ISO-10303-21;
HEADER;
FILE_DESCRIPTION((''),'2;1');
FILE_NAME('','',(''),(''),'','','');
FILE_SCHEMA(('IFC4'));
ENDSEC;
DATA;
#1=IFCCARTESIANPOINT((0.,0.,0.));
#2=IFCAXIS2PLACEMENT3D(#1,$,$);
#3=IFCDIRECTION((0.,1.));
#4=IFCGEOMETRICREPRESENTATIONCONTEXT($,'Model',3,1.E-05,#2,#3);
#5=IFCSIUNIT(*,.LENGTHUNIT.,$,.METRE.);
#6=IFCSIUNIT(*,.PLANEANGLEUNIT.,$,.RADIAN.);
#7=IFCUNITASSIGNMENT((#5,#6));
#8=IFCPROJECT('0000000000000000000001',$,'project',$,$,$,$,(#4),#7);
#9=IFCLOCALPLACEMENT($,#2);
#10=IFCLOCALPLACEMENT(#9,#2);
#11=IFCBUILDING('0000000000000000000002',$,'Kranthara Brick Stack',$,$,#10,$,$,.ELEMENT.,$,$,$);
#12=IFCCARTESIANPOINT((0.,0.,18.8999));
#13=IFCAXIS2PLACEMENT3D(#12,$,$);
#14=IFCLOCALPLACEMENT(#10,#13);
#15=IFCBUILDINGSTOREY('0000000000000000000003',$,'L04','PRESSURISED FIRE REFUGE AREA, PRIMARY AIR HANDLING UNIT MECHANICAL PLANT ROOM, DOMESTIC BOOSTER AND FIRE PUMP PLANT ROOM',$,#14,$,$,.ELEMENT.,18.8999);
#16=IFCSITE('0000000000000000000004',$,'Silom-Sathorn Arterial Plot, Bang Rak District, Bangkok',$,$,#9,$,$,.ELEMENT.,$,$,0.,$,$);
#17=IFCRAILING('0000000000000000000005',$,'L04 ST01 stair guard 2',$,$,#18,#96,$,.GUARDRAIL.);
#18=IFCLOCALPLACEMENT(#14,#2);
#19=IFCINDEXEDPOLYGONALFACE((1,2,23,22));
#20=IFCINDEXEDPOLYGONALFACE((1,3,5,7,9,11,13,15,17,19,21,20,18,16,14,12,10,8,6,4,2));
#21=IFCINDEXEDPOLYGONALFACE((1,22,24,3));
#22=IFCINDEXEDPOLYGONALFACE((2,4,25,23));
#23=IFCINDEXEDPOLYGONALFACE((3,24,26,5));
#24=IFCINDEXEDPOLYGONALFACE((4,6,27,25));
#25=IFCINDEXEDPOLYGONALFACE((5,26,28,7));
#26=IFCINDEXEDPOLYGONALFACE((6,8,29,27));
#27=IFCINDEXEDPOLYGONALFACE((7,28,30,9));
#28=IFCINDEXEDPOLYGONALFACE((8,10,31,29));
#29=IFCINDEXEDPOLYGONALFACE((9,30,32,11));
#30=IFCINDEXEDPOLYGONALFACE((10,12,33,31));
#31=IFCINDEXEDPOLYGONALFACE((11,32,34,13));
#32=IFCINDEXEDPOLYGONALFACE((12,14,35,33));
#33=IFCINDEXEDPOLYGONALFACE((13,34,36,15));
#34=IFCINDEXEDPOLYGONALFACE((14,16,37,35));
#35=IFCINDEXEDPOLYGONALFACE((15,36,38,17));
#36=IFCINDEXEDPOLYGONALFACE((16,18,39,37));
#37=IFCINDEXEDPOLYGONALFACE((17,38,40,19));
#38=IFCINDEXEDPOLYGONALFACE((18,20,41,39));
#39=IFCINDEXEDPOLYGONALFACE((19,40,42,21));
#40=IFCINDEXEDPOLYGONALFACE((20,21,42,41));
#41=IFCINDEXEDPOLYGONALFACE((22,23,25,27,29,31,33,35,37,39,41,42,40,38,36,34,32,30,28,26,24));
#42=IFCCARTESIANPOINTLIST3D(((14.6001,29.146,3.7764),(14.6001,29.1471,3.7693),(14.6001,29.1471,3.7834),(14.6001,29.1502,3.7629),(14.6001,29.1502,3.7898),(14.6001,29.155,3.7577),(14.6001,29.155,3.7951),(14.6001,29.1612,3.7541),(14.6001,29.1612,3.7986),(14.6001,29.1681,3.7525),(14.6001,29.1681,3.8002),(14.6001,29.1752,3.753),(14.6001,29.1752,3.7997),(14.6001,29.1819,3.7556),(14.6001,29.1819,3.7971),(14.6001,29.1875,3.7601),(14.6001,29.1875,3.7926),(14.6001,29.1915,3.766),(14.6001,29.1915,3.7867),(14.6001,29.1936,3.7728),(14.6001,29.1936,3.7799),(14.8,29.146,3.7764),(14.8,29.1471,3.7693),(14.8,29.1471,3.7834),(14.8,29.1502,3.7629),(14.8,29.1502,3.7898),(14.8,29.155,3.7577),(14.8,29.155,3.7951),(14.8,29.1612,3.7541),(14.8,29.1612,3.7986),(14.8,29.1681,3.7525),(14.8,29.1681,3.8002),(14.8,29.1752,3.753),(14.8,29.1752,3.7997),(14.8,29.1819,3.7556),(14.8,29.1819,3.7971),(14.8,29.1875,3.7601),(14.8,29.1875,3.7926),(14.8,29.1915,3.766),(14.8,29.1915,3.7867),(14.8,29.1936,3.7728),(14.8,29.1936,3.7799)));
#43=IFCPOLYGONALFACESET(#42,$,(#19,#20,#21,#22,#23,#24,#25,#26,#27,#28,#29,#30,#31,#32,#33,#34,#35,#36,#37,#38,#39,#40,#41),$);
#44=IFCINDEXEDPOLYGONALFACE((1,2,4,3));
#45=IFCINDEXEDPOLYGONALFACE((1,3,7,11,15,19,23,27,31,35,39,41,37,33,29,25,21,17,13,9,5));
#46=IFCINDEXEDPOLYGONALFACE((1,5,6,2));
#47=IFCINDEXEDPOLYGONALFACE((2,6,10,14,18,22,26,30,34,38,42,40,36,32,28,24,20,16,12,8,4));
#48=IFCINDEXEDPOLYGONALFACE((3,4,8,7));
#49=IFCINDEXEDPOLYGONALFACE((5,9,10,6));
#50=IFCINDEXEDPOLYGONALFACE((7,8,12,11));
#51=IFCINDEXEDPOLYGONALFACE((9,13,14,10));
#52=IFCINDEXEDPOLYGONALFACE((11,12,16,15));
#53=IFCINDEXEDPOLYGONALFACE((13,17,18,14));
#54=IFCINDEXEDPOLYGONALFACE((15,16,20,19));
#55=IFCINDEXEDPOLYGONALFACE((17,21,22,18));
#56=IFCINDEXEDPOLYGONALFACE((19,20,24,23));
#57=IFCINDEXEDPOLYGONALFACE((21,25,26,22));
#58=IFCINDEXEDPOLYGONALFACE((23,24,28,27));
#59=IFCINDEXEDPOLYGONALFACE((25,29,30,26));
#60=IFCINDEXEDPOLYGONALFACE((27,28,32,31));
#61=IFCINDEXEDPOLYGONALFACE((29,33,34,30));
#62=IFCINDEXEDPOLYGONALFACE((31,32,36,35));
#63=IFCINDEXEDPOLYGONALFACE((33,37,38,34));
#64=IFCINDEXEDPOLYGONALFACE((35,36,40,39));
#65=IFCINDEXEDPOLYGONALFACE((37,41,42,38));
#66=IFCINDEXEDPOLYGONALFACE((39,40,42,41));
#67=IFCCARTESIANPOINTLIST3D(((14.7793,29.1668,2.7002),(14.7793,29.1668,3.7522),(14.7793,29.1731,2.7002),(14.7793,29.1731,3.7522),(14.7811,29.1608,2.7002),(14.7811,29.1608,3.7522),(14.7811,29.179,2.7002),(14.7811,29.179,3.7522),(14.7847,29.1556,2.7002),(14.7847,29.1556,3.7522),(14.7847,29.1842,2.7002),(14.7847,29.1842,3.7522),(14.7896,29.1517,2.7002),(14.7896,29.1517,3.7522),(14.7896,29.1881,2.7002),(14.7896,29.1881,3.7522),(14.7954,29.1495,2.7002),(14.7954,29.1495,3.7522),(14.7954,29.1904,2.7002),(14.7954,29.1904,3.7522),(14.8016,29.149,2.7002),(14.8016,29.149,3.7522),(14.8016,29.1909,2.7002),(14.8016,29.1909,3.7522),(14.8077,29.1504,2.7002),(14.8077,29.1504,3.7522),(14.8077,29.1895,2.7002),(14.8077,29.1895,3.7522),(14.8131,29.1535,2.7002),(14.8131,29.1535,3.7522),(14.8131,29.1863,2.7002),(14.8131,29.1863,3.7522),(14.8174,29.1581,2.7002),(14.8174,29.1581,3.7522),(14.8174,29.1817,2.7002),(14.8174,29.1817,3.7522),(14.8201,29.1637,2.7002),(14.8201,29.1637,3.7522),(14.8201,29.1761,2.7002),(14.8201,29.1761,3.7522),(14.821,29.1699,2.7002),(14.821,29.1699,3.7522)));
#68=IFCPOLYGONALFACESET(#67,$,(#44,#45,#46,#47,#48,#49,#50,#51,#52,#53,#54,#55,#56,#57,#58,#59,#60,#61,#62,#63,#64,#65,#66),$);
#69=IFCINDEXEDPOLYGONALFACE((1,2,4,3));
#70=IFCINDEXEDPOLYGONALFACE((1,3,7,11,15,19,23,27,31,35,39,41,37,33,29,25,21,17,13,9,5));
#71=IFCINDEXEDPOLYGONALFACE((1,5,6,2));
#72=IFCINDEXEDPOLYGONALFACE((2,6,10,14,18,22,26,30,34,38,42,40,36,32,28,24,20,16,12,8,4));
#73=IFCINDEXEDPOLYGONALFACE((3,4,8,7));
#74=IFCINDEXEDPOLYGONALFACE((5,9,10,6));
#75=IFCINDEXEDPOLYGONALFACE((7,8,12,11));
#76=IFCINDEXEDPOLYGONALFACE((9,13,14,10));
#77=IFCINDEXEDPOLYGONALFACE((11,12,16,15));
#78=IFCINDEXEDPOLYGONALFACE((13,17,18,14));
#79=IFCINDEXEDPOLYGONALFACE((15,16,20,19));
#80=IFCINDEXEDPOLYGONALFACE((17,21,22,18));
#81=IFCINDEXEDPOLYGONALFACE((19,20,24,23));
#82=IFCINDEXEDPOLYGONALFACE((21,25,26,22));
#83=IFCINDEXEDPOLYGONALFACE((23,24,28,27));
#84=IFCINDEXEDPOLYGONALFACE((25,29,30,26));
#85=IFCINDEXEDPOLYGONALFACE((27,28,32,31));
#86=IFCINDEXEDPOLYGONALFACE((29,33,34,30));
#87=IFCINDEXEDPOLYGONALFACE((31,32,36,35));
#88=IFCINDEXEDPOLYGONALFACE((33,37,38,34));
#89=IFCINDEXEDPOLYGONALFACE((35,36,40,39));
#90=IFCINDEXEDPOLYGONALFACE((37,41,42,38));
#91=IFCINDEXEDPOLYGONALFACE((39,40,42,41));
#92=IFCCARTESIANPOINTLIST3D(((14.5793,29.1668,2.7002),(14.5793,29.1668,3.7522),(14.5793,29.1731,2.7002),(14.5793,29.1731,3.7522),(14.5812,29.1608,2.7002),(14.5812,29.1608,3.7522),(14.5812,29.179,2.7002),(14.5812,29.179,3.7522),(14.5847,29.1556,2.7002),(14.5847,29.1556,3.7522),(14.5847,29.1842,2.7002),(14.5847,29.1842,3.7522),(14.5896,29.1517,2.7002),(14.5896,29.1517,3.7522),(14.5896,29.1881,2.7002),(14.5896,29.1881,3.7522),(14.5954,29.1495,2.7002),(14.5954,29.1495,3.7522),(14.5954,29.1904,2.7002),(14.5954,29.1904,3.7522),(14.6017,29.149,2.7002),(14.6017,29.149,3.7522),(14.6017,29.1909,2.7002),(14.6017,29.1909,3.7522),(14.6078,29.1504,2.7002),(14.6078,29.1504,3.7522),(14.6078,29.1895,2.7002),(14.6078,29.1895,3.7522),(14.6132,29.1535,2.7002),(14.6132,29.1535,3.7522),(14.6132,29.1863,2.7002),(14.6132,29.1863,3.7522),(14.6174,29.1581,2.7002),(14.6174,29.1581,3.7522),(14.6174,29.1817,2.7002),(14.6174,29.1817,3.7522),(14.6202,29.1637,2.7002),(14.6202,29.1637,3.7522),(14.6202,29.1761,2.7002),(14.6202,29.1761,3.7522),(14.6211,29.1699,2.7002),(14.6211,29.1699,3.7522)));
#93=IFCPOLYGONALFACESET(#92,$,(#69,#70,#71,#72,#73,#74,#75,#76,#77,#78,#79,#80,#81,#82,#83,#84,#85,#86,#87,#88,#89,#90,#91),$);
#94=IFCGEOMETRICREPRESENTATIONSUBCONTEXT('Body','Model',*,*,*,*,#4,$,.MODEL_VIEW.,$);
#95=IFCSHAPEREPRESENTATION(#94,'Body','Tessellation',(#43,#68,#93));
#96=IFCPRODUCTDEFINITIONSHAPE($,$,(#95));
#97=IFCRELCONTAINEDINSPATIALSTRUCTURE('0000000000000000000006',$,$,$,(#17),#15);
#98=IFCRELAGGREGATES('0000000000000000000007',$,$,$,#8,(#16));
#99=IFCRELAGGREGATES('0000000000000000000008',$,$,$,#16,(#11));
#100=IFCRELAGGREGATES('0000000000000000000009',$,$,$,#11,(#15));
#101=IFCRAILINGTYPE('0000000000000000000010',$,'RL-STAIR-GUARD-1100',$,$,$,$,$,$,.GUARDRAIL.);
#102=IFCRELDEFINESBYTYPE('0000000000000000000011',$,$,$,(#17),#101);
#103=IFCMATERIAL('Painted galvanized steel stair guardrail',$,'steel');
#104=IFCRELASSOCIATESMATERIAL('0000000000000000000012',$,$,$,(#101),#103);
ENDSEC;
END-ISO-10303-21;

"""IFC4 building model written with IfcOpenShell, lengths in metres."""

from ifc_helpers import new_model, si_unit, direction, frame, origin, origin_2d, place, context, subcontext, project, spatial, circle, extrude, material, type_object, element, save


model = new_model("IFC4")

# Units and contexts
model_context = context("Model", 3, precision=1e-05, world=origin(), true_north=direction((0.0, 1.0)))
body_context = subcontext(model_context, "Body", "Model", "MODEL_VIEW")
ifc_project = project(units=[si_unit("LENGTHUNIT", "METRE"), si_unit("PLANEANGLEUNIT", "RADIAN")], contexts=[model_context])

# Site, building, storey
site_placement = place(None, origin())
site = spatial("IfcSite", under=ifc_project, at=site_placement, Name="Silom-Sathorn Arterial Plot, Bang Rak District, Bangkok", CompositionType="ELEMENT", RefElevation=0.0)
building_placement = place(site_placement, origin())
building = spatial("IfcBuilding", under=site, at=building_placement, Name="Kranthara Brick Stack", CompositionType="ELEMENT")
storey_placement = place(building_placement, frame((0.0, 0.0, 18.8999)))
storey = spatial("IfcBuildingStorey", under=building, at=storey_placement, Name="L04", Description="PRESSURISED FIRE REFUGE AREA, PRIMARY AIR HANDLING UNIT MECHANICAL PLANT ROOM, DOMESTIC BOOSTER AND FIRE PUMP PLANT ROOM", CompositionType="ELEMENT", Elevation=18.8999)

# Railing
ifc_material_1 = material(Name="Painted galvanized steel stair guardrail", Category="steel")
railing_type_1 = type_object("IfcRailingType", Name="RL-STAIR-GUARD-1100", PredefinedType="GUARDRAIL", material=ifc_material_1)
railing_1_placement = place(storey_placement, frame((14.8, 29.1699, 2.7002)))
element("IfcRailing", 1, at=railing_1_placement, inside=storey, type_object=railing_type_1, Name="L04 ST01 stair guard 2", PredefinedType="GUARDRAIL", context=body_context, shape_type="SweptSolid", body=[
    extrude(circle(Radius=0.0239, at=origin_2d()), frame((0.0, 0.0, 1.0762), z_axis=(-1.0, 0.0, 0.0), x_axis=(0.0, -1.0, 0.0)), (0.0, 0.0, 1.0), 0.2),
    extrude(circle(Radius=0.021, at=origin_2d()), origin(), (0.0, 0.0, 1.0), 1.052),
    extrude(circle(Radius=0.021, at=origin_2d()), frame((-0.2, 0.0, 0.0)), (0.0, 0.0, 1.0), 1.052),
])

save(model, "model.ifc")
